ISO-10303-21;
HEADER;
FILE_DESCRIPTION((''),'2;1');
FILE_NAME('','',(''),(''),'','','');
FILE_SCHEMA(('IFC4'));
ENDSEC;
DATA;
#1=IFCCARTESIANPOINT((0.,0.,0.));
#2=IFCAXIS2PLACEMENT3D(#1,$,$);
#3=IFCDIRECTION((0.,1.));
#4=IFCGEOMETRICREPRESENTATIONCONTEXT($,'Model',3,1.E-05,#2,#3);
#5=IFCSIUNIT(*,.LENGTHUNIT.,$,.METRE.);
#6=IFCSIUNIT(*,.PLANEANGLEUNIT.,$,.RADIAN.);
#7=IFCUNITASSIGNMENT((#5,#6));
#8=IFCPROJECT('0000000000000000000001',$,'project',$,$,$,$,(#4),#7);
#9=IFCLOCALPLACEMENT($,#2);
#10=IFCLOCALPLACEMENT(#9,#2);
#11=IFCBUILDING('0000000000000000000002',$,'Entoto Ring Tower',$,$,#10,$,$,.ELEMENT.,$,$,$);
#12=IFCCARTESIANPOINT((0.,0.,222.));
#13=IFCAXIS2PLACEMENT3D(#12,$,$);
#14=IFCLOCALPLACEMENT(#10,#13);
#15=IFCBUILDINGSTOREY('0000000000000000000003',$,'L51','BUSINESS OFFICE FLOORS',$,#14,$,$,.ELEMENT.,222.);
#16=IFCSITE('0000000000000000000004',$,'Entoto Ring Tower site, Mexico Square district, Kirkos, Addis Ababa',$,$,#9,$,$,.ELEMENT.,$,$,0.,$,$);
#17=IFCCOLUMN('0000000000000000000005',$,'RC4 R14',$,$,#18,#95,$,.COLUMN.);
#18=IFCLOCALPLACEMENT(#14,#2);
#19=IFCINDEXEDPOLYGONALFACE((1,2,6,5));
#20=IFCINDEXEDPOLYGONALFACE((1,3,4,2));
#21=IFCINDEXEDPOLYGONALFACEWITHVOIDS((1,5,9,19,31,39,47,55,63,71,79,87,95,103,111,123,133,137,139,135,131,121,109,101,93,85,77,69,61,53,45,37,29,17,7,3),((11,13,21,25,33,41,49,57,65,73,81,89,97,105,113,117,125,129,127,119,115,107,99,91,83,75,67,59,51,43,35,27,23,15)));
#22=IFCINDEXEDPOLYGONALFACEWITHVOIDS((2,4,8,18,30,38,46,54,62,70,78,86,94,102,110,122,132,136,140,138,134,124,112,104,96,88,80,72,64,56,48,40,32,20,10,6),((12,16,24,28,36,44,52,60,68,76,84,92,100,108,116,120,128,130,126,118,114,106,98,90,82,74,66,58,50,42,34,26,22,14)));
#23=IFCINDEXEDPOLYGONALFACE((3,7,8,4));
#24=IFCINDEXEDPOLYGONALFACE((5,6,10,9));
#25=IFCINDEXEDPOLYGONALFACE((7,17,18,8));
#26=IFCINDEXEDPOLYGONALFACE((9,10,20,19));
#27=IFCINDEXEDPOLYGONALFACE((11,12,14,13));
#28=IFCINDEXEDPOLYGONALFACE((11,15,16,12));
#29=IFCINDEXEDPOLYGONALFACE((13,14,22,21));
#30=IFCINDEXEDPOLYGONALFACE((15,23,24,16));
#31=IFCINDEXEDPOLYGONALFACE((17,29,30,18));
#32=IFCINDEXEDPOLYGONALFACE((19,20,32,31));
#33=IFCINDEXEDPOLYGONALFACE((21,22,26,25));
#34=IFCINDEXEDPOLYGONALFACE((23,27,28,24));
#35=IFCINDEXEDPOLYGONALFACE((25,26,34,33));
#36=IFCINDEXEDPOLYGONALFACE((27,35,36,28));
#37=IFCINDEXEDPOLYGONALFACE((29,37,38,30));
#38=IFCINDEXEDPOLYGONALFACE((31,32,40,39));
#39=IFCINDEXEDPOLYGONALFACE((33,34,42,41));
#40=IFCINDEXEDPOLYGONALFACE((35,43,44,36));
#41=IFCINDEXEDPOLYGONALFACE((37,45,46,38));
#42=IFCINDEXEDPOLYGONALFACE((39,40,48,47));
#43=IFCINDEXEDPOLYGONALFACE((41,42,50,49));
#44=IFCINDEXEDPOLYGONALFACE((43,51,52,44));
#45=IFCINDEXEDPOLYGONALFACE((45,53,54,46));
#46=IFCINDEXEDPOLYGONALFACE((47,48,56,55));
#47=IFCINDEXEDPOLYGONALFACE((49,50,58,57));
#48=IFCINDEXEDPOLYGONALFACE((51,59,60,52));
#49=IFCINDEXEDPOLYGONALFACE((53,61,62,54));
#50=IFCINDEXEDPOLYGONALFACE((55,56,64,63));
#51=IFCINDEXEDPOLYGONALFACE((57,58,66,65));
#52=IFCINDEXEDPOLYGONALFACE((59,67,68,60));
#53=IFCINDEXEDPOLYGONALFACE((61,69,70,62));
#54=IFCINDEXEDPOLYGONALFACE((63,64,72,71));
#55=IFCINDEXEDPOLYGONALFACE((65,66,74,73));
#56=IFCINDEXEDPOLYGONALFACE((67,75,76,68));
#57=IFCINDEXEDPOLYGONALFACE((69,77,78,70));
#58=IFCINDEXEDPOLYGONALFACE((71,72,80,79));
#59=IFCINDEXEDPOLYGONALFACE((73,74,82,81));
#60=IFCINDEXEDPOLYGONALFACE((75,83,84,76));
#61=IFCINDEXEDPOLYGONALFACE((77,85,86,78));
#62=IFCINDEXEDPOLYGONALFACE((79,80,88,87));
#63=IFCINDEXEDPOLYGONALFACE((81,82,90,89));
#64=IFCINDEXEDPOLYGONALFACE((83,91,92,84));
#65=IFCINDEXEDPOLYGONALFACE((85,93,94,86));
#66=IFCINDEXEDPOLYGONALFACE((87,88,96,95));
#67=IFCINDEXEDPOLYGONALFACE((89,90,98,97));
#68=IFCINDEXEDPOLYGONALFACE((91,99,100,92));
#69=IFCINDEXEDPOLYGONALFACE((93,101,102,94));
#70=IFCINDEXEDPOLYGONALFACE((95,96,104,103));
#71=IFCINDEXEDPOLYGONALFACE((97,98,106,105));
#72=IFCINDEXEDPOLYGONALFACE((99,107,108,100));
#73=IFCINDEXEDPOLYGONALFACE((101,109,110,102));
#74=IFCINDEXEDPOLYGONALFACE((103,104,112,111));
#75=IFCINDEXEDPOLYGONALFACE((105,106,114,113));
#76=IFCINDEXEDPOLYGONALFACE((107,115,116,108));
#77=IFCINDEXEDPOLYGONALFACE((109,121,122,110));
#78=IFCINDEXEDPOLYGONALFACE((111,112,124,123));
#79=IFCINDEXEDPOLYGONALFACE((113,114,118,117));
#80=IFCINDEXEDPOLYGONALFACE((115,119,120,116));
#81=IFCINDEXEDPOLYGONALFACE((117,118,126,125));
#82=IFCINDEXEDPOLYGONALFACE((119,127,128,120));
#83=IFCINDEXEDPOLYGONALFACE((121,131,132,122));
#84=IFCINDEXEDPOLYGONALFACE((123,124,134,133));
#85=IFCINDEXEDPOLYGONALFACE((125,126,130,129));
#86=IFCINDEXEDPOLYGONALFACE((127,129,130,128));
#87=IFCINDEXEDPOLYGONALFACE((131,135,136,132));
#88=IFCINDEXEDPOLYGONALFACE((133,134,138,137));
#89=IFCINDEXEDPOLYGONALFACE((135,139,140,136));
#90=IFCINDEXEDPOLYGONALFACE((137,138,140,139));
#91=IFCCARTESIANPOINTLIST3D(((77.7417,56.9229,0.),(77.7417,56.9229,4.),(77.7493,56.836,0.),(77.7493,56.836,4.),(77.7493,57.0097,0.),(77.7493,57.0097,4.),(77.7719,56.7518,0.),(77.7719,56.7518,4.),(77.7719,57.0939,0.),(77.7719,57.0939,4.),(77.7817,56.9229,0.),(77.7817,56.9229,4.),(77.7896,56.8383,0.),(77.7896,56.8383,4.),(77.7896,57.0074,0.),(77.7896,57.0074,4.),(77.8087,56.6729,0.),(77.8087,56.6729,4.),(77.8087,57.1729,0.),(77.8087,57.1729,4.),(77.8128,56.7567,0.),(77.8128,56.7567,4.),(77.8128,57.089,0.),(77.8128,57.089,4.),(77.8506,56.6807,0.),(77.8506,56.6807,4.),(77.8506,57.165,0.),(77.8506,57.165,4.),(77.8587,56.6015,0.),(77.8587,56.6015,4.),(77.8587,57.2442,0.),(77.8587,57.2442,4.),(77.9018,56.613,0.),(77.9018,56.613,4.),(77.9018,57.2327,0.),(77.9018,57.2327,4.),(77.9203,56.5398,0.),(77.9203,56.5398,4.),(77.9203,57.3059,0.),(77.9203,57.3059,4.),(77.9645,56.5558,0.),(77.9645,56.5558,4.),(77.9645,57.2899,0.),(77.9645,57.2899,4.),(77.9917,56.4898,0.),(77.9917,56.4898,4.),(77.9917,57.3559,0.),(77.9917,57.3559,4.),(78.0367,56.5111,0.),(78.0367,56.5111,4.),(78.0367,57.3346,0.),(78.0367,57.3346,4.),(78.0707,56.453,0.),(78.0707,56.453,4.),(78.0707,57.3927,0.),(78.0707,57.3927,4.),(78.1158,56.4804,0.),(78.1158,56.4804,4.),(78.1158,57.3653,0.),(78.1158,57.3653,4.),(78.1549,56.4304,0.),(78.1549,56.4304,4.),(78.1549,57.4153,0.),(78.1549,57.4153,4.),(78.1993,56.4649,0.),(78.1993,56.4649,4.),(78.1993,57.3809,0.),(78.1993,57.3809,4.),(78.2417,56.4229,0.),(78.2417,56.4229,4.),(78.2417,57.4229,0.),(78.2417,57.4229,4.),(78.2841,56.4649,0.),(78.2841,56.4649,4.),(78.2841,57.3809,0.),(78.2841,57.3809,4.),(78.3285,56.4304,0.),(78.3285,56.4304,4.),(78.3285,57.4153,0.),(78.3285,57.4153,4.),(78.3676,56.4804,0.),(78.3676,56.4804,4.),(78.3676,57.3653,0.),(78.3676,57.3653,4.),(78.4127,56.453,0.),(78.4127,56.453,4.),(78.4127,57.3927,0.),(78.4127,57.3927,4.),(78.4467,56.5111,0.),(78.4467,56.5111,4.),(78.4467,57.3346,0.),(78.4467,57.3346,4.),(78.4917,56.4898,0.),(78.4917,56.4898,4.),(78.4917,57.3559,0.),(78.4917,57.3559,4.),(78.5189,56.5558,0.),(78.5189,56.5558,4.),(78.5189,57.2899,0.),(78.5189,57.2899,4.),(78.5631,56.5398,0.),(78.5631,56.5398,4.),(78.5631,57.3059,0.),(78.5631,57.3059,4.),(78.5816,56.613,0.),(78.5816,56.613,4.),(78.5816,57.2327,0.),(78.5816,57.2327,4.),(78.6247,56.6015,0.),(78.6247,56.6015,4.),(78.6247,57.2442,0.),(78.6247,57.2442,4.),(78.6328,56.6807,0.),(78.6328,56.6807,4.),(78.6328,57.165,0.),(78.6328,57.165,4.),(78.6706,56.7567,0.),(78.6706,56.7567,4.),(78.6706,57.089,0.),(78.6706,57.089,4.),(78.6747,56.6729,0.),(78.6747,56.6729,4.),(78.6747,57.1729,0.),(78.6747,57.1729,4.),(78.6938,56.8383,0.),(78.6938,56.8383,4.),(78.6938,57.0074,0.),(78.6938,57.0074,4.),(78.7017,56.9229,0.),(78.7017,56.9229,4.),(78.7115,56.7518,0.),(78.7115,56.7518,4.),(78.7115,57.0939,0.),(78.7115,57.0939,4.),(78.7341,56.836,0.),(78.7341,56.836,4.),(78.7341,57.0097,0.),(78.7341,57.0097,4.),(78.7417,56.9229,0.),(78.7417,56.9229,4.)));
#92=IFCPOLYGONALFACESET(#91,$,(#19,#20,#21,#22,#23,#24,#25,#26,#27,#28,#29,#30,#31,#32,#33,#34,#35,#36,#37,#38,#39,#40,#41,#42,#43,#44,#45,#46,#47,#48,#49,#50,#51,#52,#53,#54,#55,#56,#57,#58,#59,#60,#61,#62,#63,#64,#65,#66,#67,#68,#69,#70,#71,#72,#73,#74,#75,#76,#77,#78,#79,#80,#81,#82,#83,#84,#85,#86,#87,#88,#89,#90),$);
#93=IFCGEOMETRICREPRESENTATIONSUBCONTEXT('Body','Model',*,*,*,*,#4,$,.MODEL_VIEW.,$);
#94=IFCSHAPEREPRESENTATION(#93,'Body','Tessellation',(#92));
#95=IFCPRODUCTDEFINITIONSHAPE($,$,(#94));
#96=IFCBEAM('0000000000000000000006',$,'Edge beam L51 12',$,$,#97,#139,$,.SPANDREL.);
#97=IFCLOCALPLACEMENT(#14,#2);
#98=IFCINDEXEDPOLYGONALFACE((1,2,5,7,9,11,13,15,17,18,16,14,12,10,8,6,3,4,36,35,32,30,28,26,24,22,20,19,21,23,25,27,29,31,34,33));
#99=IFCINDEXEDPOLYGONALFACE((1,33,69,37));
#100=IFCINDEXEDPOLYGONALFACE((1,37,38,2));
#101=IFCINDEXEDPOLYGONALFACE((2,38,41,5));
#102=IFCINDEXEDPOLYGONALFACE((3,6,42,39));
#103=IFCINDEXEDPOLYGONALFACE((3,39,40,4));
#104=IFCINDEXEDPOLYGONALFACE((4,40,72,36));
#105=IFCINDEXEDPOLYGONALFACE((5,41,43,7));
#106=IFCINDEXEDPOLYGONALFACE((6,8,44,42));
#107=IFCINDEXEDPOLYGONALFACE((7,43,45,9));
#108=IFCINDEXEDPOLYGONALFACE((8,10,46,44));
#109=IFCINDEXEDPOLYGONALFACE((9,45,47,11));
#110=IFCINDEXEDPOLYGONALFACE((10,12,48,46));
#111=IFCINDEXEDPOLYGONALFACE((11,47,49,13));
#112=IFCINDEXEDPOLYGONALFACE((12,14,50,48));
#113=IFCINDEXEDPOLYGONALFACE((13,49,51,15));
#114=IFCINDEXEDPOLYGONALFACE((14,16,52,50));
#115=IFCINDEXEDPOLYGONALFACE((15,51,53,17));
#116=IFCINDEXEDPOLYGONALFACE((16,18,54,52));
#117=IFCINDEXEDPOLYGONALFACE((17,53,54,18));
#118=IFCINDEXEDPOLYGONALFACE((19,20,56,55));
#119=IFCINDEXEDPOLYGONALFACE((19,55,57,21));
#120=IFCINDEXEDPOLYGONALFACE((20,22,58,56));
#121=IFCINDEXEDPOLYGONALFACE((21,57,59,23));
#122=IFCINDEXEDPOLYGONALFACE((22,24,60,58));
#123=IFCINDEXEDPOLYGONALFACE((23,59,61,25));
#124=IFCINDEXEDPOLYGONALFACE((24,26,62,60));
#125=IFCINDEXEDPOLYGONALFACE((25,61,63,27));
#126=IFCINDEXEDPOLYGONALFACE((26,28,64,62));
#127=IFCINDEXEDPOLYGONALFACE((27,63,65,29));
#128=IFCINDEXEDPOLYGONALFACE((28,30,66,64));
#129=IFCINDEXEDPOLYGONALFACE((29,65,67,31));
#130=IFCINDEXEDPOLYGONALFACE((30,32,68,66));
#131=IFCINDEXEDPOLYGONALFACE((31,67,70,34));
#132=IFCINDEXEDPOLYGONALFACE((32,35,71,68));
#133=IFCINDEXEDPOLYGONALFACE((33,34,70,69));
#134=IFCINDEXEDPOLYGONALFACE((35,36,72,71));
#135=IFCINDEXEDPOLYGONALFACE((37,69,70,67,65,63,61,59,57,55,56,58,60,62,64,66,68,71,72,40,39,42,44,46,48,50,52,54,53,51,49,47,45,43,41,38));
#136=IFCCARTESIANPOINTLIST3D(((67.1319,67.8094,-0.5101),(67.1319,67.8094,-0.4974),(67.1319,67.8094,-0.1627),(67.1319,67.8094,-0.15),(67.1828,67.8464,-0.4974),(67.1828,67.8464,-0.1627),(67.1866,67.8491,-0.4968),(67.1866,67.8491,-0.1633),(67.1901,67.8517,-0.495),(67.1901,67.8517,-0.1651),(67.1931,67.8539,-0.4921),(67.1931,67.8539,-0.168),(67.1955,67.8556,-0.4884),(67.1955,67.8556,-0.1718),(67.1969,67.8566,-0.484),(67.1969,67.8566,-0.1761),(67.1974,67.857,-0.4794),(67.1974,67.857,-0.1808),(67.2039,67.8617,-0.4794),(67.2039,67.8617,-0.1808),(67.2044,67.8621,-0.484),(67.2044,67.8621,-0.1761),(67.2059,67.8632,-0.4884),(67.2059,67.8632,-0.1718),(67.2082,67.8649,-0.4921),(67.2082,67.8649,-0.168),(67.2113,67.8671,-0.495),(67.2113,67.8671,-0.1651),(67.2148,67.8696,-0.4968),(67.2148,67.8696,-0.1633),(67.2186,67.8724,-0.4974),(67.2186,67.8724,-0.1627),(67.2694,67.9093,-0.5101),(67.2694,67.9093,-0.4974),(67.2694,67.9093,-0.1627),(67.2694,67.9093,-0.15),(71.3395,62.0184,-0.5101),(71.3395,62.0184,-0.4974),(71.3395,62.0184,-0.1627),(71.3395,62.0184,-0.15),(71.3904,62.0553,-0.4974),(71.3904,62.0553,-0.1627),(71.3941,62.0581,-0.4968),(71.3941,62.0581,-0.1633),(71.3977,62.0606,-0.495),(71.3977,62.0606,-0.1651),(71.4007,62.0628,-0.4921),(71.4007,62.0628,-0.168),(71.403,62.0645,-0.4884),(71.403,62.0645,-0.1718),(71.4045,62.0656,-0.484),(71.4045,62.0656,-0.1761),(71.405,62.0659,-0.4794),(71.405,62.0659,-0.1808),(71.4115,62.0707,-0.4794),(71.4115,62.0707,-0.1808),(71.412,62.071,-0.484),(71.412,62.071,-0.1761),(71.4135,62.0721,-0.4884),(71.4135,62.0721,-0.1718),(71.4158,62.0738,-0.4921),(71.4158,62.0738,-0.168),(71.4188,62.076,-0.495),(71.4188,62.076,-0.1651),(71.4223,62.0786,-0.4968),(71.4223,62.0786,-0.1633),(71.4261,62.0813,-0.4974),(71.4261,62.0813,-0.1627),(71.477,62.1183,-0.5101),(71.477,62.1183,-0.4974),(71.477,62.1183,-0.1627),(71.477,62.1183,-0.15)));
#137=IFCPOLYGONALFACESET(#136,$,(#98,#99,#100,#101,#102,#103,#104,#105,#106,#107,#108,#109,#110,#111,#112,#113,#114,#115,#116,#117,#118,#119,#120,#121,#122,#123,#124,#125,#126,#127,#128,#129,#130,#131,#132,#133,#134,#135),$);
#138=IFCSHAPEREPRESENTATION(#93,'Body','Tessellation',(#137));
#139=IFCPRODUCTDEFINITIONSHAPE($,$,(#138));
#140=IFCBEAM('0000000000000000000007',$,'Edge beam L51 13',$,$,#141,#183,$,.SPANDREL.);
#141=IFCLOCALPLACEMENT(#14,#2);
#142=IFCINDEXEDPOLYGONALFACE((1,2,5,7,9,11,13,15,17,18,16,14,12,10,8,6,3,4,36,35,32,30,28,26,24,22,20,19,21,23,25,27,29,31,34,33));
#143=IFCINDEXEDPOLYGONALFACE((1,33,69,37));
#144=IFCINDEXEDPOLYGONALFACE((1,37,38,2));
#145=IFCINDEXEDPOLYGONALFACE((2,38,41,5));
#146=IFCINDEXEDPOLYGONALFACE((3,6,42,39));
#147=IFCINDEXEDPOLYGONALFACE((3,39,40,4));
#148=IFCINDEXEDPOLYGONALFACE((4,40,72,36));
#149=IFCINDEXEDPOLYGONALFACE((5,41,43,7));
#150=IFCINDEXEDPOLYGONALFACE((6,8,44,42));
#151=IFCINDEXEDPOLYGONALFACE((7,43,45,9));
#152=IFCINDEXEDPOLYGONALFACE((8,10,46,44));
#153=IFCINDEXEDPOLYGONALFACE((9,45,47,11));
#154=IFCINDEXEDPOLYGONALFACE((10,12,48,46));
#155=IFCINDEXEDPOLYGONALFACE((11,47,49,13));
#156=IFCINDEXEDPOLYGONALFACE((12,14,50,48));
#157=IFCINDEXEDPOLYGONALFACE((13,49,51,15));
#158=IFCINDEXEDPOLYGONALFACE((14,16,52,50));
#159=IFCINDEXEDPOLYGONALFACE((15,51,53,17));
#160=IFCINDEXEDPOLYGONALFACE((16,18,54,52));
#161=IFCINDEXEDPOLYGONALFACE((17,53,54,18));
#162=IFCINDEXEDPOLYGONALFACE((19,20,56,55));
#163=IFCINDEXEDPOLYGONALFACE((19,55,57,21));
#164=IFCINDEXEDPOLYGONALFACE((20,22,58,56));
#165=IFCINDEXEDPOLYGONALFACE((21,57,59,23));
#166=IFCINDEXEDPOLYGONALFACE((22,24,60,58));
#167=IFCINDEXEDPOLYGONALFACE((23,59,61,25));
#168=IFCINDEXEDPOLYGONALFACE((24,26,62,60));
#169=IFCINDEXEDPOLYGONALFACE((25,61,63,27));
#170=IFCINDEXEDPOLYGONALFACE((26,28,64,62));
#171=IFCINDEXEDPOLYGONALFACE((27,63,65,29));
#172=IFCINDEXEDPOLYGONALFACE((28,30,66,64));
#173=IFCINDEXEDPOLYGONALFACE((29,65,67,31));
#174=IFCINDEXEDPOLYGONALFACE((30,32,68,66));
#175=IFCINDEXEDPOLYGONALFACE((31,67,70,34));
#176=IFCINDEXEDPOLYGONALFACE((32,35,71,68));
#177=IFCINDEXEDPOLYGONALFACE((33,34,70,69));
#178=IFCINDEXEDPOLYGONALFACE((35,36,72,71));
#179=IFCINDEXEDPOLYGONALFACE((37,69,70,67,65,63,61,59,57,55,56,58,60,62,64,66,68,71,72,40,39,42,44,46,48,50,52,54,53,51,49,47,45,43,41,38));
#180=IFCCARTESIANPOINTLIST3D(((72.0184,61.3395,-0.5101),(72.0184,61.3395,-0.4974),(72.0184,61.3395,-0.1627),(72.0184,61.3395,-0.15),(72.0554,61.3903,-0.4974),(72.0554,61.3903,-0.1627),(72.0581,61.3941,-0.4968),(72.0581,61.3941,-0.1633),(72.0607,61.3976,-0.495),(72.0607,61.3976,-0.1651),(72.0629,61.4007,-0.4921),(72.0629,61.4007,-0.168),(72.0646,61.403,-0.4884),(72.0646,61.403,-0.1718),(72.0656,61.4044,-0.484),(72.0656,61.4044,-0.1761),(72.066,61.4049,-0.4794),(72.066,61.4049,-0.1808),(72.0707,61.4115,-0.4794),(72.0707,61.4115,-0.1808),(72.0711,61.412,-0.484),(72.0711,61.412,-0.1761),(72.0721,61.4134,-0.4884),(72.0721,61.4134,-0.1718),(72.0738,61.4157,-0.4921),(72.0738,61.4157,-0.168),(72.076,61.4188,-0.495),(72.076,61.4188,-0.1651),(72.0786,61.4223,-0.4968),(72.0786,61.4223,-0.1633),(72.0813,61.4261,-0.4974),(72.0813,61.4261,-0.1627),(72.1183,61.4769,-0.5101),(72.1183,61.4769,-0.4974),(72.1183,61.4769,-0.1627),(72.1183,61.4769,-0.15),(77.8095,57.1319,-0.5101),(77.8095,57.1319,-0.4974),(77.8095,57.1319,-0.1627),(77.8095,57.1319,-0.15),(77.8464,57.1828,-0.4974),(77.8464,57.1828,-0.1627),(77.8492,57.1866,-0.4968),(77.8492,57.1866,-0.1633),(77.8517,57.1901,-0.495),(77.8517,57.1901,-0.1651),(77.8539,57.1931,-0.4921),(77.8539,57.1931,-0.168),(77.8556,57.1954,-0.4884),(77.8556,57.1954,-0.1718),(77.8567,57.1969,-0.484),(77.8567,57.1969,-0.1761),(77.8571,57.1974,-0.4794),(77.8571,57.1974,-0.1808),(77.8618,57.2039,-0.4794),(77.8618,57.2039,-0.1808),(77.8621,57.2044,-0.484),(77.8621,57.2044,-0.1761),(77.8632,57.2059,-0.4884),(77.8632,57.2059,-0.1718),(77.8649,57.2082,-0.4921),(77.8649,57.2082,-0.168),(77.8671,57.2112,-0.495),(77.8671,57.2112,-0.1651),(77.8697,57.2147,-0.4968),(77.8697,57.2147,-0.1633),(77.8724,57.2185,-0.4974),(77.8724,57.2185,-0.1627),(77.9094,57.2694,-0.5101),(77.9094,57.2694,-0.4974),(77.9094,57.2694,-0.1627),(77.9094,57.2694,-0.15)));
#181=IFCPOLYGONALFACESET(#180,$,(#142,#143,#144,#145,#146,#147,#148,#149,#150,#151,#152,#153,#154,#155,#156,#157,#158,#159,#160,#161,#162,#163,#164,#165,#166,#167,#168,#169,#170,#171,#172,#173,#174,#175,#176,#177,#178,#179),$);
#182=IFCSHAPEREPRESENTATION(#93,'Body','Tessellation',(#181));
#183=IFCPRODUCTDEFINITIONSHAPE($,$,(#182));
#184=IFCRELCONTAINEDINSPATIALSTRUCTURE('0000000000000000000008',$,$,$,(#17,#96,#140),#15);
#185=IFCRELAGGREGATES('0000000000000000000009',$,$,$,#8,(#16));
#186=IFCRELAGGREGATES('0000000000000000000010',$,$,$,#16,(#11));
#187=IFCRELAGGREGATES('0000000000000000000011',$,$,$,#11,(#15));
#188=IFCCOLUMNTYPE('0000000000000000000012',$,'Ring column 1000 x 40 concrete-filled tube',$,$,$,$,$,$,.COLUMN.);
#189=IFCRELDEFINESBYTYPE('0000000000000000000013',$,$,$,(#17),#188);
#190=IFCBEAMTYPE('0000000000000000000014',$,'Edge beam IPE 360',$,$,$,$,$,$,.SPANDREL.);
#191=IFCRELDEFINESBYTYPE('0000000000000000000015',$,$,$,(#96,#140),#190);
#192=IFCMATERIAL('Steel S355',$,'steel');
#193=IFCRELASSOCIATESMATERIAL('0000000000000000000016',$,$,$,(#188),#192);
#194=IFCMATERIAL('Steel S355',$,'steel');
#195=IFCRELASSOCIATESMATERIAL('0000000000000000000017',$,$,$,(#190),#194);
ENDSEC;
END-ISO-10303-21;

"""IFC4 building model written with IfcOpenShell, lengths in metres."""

from ifc_helpers import new_model, si_unit, direction, frame, origin, origin_2d, place, context, subcontext, project, spatial, circle, hollow_circle, i_section, extrude, material, material_profile, profile_set, type_object, element, save


model = new_model("IFC4")

# Units and contexts
model_context = context("Model", 3, precision=1e-05, world=origin(), true_north=direction((0.0, 1.0)))
body_context = subcontext(model_context, "Body", "Model", "MODEL_VIEW")
ifc_project = project(units=[si_unit("LENGTHUNIT", "METRE"), si_unit("PLANEANGLEUNIT", "RADIAN")], contexts=[model_context])

# Site, building, storey
site_placement = place(None, origin())
site = spatial("IfcSite", under=ifc_project, at=site_placement, Name="Entoto Ring Tower site, Mexico Square district, Kirkos, Addis Ababa", CompositionType="ELEMENT", RefElevation=0.0)
building_placement = place(site_placement, origin())
building = spatial("IfcBuilding", under=site, at=building_placement, Name="Entoto Ring Tower", CompositionType="ELEMENT")
storey_placement = place(building_placement, frame((0.0, 0.0, 222.0)))
storey = spatial("IfcBuildingStorey", under=building, at=storey_placement, Name="L51", Description="BUSINESS OFFICE FLOORS", CompositionType="ELEMENT", Elevation=222.0)

# Column
ifc_material_1 = material(Name="Steel S355", Category="steel")
ifc_material_profile_1 = material_profile(ifc_material_1, hollow_circle(Radius=0.5, WallThickness=0.04, at=origin_2d()), Name="CHS 1000 x 40")
ifc_material_2 = material(Name="Concrete C60/75", Category="concrete")
ifc_material_profile_2 = material_profile(ifc_material_2, circle(Radius=0.46, at=origin_2d()), Name="Concrete C60/75 infill")
ifc_profile_set_1 = profile_set([ifc_material_profile_1, ifc_material_profile_2], Name="Steel S355")
column_type = type_object("IfcColumnType", Name="Ring column 1000 x 40 concrete-filled tube", PredefinedType="COLUMN", material=ifc_profile_set_1)
for number, where, z_axis, x_axis, name in (
    (1, (78.2417, 56.9229, 0.0), (0.0, 0.0, 1.0), (1.0, 0.0, 0.0), "RC4 R14"),
):
    element("IfcColumn", number, at=place(storey_placement, frame(where, z_axis=z_axis, x_axis=x_axis)), inside=storey, type_object=column_type, Name=name, PredefinedType="COLUMN", context=body_context, shape_type="SweptSolid", body=[
        extrude(hollow_circle(Radius=0.5, WallThickness=0.04, at=origin_2d()), origin(), (0.0, 0.0, 1.0), 4.0),
    ])

# Beams
ifc_material_3 = material(Name="Steel S355", Category="steel")
ifc_material_profile_3 = material_profile(ifc_material_3, i_section(OverallWidth=0.1699, OverallDepth=0.3601, WebThickness=0.0081, FlangeThickness=0.0127, FilletRadius=0.0181, at=origin_2d()), Name="IPE 360")
ifc_profile_set_2 = profile_set([ifc_material_profile_3], Name="Steel S355")
beam_type_1 = type_object("IfcBeamType", Name="Edge beam IPE 360", PredefinedType="SPANDREL", material=ifc_profile_set_2)
for number, where, z_axis, x_axis, name in (
    (2, (67.2007, 67.8594, -0.3301), (0.587794, -0.80901, 0.0), (0.80901, 0.587794, 0.0), "Edge beam L51 12"),
    (3, (72.0684, 61.4082, -0.3301), (0.80901, -0.587794, 0.0), (0.587794, 0.80901, 0.0), "Edge beam L51 13"),
):
    element("IfcBeam", number, at=place(storey_placement, frame(where, z_axis=z_axis, x_axis=x_axis)), inside=storey, type_object=beam_type_1, Name=name, PredefinedType="SPANDREL", context=body_context, shape_type="SweptSolid", body=[
        extrude(i_section(OverallWidth=0.1699, OverallDepth=0.3601, WebThickness=0.0081, FlangeThickness=0.0127, FilletRadius=0.0181, at=origin_2d()), origin(), (0.0, 0.0, 1.0), 7.1582),
    ])

save(model, "model.ifc")
